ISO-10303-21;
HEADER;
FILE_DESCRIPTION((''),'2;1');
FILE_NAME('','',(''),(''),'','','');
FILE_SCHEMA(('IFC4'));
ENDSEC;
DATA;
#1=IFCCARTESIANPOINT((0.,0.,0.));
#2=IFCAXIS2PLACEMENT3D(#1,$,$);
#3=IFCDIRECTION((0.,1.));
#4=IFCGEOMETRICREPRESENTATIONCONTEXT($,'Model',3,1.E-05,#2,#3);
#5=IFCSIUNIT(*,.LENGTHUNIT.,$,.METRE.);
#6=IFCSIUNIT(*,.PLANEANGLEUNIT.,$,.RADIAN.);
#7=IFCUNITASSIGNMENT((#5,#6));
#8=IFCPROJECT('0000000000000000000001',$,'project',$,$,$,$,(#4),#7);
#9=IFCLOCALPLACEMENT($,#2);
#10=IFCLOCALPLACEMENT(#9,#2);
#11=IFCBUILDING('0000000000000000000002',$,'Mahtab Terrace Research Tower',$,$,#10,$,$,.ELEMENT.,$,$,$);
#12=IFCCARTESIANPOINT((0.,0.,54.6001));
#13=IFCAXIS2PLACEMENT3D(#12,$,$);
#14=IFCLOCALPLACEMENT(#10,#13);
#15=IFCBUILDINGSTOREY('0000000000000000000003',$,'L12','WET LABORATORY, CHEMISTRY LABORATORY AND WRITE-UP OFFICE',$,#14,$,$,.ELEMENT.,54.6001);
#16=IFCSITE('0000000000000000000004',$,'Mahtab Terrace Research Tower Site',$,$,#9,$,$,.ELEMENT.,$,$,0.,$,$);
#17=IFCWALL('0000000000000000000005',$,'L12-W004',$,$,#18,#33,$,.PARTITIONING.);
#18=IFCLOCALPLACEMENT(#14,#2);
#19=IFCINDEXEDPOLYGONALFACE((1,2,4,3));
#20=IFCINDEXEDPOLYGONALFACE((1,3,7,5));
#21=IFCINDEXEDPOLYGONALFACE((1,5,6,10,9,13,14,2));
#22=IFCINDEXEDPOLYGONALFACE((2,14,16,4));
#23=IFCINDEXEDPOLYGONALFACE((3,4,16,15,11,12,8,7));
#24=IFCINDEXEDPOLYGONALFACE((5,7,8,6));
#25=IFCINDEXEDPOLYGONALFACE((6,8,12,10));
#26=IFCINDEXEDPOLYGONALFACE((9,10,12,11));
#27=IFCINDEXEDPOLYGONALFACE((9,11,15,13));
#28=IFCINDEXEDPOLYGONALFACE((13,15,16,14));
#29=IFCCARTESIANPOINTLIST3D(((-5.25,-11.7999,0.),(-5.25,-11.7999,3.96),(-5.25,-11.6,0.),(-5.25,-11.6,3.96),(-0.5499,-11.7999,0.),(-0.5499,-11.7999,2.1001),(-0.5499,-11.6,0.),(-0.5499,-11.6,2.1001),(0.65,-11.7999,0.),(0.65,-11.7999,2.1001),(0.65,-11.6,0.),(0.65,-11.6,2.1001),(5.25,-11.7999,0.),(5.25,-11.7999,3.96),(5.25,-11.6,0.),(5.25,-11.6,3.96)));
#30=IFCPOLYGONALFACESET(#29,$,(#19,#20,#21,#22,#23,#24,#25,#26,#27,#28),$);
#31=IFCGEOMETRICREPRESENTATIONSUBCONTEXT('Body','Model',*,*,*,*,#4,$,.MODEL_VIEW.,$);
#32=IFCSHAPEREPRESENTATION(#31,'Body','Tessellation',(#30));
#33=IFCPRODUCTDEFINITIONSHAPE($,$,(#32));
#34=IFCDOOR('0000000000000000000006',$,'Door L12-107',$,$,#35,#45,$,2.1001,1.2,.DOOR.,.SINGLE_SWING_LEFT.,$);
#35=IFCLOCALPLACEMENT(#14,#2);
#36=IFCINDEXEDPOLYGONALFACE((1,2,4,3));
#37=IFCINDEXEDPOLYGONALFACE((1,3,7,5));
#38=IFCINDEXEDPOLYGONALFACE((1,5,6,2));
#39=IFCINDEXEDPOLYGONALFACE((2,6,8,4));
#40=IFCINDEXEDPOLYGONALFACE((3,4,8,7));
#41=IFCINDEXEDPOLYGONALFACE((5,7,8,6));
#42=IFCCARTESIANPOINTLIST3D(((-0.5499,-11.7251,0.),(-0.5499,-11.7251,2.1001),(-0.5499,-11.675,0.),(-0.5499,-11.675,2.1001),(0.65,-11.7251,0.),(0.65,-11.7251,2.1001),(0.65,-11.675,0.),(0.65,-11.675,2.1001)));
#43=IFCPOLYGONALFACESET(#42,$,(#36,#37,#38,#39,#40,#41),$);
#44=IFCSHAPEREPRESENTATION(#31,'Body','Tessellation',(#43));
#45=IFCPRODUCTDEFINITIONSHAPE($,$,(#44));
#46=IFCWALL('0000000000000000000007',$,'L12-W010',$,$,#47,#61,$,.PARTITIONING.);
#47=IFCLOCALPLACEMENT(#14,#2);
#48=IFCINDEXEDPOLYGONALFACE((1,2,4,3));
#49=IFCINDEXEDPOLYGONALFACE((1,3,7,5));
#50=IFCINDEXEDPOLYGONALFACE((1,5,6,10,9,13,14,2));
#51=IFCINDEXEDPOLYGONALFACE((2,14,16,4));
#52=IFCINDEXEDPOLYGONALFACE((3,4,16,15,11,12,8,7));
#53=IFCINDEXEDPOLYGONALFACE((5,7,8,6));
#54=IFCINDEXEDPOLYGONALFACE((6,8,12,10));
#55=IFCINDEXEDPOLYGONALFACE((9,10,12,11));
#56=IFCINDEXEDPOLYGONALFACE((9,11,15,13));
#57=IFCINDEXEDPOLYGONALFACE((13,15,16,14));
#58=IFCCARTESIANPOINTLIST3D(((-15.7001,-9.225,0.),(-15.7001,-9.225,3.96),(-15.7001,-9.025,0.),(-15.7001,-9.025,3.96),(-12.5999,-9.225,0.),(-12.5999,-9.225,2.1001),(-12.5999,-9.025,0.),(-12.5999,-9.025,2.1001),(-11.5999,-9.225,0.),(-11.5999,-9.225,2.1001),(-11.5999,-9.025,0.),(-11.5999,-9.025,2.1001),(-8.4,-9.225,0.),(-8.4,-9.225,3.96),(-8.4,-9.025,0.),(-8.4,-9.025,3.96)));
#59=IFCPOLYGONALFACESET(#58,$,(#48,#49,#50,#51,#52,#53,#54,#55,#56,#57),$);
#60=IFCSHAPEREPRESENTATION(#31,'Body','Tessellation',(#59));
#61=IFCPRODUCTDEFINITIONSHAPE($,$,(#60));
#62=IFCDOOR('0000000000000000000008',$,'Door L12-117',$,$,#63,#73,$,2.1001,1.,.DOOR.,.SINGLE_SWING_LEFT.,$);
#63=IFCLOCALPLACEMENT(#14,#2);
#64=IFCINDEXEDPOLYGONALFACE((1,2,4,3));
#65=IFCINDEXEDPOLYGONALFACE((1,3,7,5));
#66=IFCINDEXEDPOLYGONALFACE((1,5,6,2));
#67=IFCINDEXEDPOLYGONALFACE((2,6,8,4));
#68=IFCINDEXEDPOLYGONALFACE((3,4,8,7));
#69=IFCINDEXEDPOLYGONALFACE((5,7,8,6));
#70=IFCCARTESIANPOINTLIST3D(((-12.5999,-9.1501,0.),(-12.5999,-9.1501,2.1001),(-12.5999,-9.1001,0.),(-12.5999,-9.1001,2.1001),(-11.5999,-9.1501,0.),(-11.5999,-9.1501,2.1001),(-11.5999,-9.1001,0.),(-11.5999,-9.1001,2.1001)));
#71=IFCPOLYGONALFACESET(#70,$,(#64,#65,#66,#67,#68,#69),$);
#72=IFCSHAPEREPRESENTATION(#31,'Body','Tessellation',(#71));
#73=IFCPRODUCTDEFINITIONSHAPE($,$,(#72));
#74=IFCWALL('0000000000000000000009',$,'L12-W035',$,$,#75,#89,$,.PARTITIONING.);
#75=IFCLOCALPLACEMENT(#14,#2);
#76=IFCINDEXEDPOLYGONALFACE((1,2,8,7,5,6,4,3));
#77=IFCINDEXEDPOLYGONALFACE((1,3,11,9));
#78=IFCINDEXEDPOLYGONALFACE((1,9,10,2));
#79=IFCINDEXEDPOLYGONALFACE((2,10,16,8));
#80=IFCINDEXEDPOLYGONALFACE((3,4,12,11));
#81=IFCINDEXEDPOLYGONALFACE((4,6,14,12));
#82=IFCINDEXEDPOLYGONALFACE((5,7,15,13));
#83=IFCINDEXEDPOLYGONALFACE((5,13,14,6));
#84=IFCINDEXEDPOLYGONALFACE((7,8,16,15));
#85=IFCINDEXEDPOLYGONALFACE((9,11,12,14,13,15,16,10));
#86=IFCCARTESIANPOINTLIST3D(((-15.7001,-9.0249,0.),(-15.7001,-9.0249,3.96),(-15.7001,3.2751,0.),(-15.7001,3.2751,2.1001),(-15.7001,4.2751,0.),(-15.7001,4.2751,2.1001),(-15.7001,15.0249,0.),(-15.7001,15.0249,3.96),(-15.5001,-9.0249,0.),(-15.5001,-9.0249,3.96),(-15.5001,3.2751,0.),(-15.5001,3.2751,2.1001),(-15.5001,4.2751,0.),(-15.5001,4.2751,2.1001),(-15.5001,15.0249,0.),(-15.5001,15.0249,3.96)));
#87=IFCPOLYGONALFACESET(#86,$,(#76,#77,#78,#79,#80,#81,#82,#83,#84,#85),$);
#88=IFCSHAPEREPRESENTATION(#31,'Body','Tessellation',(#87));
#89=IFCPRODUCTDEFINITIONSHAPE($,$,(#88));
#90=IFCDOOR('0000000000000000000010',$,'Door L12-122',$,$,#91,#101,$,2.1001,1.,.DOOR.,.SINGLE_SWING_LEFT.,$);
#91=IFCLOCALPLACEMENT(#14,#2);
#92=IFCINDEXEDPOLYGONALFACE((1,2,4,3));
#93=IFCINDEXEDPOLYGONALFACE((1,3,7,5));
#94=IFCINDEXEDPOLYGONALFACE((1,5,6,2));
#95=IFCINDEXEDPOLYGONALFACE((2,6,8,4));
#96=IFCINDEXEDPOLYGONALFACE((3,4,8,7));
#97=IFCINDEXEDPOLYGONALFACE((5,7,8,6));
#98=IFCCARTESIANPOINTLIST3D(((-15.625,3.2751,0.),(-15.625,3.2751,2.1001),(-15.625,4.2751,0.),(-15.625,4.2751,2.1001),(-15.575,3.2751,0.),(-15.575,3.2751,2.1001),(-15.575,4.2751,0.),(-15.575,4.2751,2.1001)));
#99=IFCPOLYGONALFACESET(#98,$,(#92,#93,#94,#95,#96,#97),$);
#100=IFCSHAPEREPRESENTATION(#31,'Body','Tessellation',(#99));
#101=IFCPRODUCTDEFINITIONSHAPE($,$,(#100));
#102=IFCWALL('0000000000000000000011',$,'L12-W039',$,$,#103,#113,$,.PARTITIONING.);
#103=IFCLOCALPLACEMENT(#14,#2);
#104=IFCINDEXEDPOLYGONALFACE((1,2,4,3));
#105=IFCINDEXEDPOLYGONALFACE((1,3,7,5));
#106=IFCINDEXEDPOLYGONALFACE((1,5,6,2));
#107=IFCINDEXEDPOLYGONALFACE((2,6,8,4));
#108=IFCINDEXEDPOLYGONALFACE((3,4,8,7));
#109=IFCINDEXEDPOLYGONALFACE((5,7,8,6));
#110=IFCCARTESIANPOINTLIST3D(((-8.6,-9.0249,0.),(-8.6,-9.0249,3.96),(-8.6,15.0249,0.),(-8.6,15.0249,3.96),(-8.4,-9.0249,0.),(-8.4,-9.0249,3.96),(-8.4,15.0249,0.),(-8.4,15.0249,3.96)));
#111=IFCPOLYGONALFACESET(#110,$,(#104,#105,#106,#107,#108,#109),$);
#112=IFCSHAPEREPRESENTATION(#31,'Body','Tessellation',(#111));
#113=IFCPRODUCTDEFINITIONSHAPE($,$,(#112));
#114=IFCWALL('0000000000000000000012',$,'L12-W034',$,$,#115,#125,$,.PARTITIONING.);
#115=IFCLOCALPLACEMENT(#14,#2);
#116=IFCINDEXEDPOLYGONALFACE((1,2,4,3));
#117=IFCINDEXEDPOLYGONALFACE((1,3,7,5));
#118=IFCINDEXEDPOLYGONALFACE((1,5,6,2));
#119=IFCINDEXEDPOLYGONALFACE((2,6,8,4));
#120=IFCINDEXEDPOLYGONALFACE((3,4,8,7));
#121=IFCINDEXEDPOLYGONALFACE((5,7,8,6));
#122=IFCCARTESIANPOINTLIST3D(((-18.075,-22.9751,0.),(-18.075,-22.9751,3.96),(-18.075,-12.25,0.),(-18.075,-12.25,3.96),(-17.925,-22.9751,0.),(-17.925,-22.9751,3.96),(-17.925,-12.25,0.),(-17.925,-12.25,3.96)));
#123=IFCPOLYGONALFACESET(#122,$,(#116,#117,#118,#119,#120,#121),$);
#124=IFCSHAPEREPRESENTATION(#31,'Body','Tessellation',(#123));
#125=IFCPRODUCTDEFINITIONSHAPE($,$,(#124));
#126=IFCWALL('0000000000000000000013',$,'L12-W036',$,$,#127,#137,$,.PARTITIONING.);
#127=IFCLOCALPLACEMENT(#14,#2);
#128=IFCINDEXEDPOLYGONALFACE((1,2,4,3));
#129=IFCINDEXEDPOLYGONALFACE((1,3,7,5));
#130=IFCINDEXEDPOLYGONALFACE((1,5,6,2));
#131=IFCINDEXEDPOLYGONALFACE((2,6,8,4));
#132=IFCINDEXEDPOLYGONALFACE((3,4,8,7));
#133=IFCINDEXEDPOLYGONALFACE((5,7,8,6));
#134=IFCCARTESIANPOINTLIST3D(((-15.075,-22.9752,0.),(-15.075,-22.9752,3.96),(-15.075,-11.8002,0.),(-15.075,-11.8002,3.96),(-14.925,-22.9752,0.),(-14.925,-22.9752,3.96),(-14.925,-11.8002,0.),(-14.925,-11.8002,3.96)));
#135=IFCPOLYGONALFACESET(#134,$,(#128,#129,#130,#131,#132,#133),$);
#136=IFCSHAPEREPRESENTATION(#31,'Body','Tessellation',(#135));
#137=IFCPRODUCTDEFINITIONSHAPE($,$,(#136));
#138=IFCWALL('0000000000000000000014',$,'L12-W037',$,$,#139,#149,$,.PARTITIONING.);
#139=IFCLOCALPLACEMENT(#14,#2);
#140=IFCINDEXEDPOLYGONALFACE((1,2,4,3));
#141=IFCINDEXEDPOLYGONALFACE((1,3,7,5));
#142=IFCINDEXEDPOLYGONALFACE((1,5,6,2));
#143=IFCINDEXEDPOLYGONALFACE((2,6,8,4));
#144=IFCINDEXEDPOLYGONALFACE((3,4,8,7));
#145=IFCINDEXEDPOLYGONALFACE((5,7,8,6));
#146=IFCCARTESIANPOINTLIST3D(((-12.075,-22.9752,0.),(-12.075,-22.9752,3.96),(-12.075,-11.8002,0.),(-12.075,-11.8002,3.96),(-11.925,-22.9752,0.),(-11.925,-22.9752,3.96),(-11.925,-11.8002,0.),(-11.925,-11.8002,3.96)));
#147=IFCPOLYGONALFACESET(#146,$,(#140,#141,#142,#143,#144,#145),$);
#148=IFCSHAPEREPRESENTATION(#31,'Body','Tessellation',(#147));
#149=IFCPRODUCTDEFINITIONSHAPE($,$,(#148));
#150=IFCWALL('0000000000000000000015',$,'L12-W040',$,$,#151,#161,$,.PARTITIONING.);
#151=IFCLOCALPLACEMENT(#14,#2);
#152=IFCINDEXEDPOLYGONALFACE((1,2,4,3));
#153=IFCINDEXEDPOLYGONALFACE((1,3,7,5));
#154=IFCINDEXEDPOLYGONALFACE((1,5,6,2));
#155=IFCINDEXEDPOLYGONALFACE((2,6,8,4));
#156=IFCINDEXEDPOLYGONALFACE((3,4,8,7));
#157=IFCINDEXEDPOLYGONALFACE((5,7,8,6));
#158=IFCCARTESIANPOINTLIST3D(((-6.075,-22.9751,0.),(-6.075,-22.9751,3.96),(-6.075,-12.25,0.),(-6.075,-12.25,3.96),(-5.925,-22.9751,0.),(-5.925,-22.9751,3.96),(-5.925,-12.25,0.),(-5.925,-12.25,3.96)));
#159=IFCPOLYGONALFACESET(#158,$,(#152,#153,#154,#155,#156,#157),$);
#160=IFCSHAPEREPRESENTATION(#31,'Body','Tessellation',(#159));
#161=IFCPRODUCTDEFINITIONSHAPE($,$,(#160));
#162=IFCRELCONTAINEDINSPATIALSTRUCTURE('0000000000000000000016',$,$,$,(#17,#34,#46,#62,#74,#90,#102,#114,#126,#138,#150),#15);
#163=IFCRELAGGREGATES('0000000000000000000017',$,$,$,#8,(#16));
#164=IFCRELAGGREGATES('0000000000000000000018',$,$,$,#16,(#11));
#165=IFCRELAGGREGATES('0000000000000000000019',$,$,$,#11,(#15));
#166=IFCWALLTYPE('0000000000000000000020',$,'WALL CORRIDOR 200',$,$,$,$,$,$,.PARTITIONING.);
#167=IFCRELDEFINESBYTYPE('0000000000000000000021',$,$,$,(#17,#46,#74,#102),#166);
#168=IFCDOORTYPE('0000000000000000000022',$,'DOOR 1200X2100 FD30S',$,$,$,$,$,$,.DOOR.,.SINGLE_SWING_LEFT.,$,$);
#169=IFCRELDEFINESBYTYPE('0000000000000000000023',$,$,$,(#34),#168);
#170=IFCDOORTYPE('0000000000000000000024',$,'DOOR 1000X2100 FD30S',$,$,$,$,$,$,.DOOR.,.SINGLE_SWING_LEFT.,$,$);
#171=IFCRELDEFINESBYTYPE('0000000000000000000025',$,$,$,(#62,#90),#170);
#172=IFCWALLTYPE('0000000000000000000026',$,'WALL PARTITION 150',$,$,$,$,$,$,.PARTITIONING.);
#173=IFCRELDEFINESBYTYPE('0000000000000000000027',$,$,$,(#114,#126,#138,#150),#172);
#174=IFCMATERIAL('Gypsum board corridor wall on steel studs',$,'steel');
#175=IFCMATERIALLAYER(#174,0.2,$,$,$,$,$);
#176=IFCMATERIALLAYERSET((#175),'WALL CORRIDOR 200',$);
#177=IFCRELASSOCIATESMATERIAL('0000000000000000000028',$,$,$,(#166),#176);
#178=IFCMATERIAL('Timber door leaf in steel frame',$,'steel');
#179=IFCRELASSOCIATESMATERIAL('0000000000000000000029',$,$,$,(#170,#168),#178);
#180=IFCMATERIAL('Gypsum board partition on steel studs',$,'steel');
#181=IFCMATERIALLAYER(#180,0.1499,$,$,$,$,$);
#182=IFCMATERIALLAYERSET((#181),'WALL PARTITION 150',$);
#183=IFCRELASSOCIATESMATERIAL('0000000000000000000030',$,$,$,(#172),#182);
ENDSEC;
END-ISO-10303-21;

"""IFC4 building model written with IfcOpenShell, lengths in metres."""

from ifc_helpers import new_model, si_unit, direction, frame, frame_2d, origin, place, context, subcontext, project, spatial, rectangle, extrude, material, layer, layer_set, type_object, element, fill, save


model = new_model("IFC4")

# Units and contexts
model_context = context("Model", 3, precision=1e-05, world=origin(), true_north=direction((0.0, 1.0)))
body_context = subcontext(model_context, "Body", "Model", "MODEL_VIEW")
ifc_project = project(units=[si_unit("LENGTHUNIT", "METRE"), si_unit("PLANEANGLEUNIT", "RADIAN")], contexts=[model_context])

# Site, building, storey
site_placement = place(None, origin())
site = spatial("IfcSite", under=ifc_project, at=site_placement, Name="Mahtab Terrace Research Tower Site", CompositionType="ELEMENT", RefElevation=0.0)
building_placement = place(site_placement, origin())
building = spatial("IfcBuilding", under=site, at=building_placement, Name="Mahtab Terrace Research Tower", CompositionType="ELEMENT")
storey_placement = place(building_placement, frame((0.0, 0.0, 54.6001)))
storey = spatial("IfcBuildingStorey", under=building, at=storey_placement, Name="L12", Description="WET LABORATORY, CHEMISTRY LABORATORY AND WRITE-UP OFFICE", CompositionType="ELEMENT", Elevation=54.6001)

# Shared definitions
ifc_material_1 = material(Name="Gypsum board corridor wall on steel studs", Category="steel")
ifc_layer_1 = layer(ifc_material_1, 0.2)
ifc_layer_set_1 = layer_set([ifc_layer_1], Name="WALL CORRIDOR 200")
wall_type_1 = type_object("IfcWallType", Name="WALL CORRIDOR 200", PredefinedType="PARTITIONING", material=ifc_layer_set_1)
ifc_material_2 = material(Name="Timber door leaf in steel frame", Category="steel")
door_type_1 = type_object("IfcDoorType", Name="DOOR 1000X2100 FD30S", OperationType="SINGLE_SWING_LEFT", PredefinedType="DOOR", material=ifc_material_2)
door_type_2 = type_object("IfcDoorType", Name="DOOR 1200X2100 FD30S", OperationType="SINGLE_SWING_LEFT", PredefinedType="DOOR", material=ifc_material_2)

# Walls, openings, doors
wall_1_placement = place(storey_placement, frame((-5.25, -11.7, 0.0), z_axis=(0.0, 0.0, 1.0), x_axis=(1.0, 0.0, 0.0)))
wall_1 = element("IfcWall", 1, at=wall_1_placement, inside=storey, type_object=wall_type_1, Name="L12-W004", PredefinedType="PARTITIONING", context=body_context, shape_type="SweptSolid", body=[
    extrude(rectangle(XDim=10.5, YDim=0.2, at=frame_2d((5.25, 0.0))), origin(), (0.0, 0.0, 1.0), 3.96),
])
opening_1_placement = place(wall_1_placement, frame((4.7, 0.0, 0.0)))
opening_1 = element("IfcOpeningElement", 2, at=opening_1_placement, cuts=wall_1, PredefinedType="OPENING", context=body_context, shape_type="SweptSolid", body=[
    extrude(rectangle(XDim=1.2, YDim=2.1001, at=frame_2d((0.6001, 1.05))), frame((0.0, 0.1099, 0.0), z_axis=(0.0, -1.0, 0.0), x_axis=(1.0, 0.0, 0.0)), (0.0, 0.0, 1.0), 0.22),
])
door_1_placement = place(opening_1_placement, origin())
door_1 = element("IfcDoor", 3, at=door_1_placement, inside=storey, type_object=door_type_2, Name="Door L12-107", OperationType="SINGLE_SWING_LEFT", OverallHeight=2.1001, OverallWidth=1.2, PredefinedType="DOOR", context=body_context, shape_type="SweptSolid", body=[
    extrude(rectangle(XDim=1.2, YDim=2.1001, at=frame_2d((0.6001, 1.05))), frame((0.0, 0.0249, 0.0), z_axis=(0.0, -1.0, 0.0), x_axis=(1.0, 0.0, 0.0)), (0.0, 0.0, 1.0), 0.05),
])
fill(opening_1, door_1)
wall_2_placement = place(storey_placement, frame((-15.7, -9.125, 0.0), z_axis=(0.0, 0.0, 1.0), x_axis=(1.0, 0.0, 0.0)))
wall_2 = element("IfcWall", 4, at=wall_2_placement, inside=storey, type_object=wall_type_1, Name="L12-W010", PredefinedType="PARTITIONING", context=body_context, shape_type="SweptSolid", body=[
    extrude(rectangle(XDim=7.3, YDim=0.2, at=frame_2d((3.6499, 0.0))), origin(), (0.0, 0.0, 1.0), 3.96),
])
opening_2_placement = place(wall_2_placement, frame((3.1001, 0.0, 0.0)))
opening_2 = element("IfcOpeningElement", 5, at=opening_2_placement, cuts=wall_2, PredefinedType="OPENING", context=body_context, shape_type="SweptSolid", body=[
    extrude(rectangle(XDim=1.0, YDim=2.1001, at=frame_2d((0.5, 1.05))), frame((0.0, 0.1099, 0.0), z_axis=(0.0, -1.0, 0.0), x_axis=(1.0, 0.0, 0.0)), (0.0, 0.0, 1.0), 0.22),
])
door_2_placement = place(opening_2_placement, origin())
door_2 = element("IfcDoor", 6, at=door_2_placement, inside=storey, type_object=door_type_1, Name="Door L12-117", OperationType="SINGLE_SWING_LEFT", OverallHeight=2.1001, OverallWidth=1.0, PredefinedType="DOOR", context=body_context, shape_type="SweptSolid", body=[
    extrude(rectangle(XDim=1.0, YDim=2.1001, at=frame_2d((0.5, 1.05))), frame((0.0, 0.0249, 0.0), z_axis=(0.0, -1.0, 0.0), x_axis=(1.0, 0.0, 0.0)), (0.0, 0.0, 1.0), 0.05),
])
fill(opening_2, door_2)
wall_3_placement = place(storey_placement, frame((-15.6001, -9.0249, 0.0), z_axis=(0.0, 0.0, 1.0), x_axis=(0.0, 1.0, 0.0)))
wall_3 = element("IfcWall", 7, at=wall_3_placement, inside=storey, type_object=wall_type_1, Name="L12-W035", PredefinedType="PARTITIONING", context=body_context, shape_type="SweptSolid", body=[
    extrude(rectangle(XDim=24.0498, YDim=0.2, at=frame_2d((12.0249, 0.0))), origin(), (0.0, 0.0, 1.0), 3.96),
])
opening_3_placement = place(wall_3_placement, frame((12.3, 0.0, 0.0)))
opening_3 = element("IfcOpeningElement", 8, at=opening_3_placement, cuts=wall_3, PredefinedType="OPENING", context=body_context, shape_type="SweptSolid", body=[
    extrude(rectangle(XDim=1.0, YDim=2.1001, at=frame_2d((0.5, 1.05))), frame((0.0, 0.1099, 0.0), z_axis=(0.0, -1.0, 0.0), x_axis=(1.0, 0.0, 0.0)), (0.0, 0.0, 1.0), 0.22),
])
door_3_placement = place(opening_3_placement, origin())
door_3 = element("IfcDoor", 9, at=door_3_placement, inside=storey, type_object=door_type_1, Name="Door L12-122", OperationType="SINGLE_SWING_LEFT", OverallHeight=2.1001, OverallWidth=1.0, PredefinedType="DOOR", context=body_context, shape_type="SweptSolid", body=[
    extrude(rectangle(XDim=1.0, YDim=2.1001, at=frame_2d((0.5, 1.05))), frame((0.0, 0.0249, 0.0), z_axis=(0.0, -1.0, 0.0), x_axis=(1.0, 0.0, 0.0)), (0.0, 0.0, 1.0), 0.05),
])
fill(opening_3, door_3)

# Walls
wall_4_placement = place(storey_placement, frame((-8.5, -9.0249, 0.0), z_axis=(0.0, 0.0, 1.0), x_axis=(0.0, 1.0, 0.0)))
element("IfcWall", 10, at=wall_4_placement, inside=storey, type_object=wall_type_1, Name="L12-W039", PredefinedType="PARTITIONING", context=body_context, shape_type="SweptSolid", body=[
    extrude(rectangle(XDim=24.0498, YDim=0.2, at=frame_2d((12.0249, 0.0))), origin(), (0.0, 0.0, 1.0), 3.96),
])
ifc_material_3 = material(Name="Gypsum board partition on steel studs", Category="steel")
ifc_layer_2 = layer(ifc_material_3, 0.1499)
ifc_layer_set_2 = layer_set([ifc_layer_2], Name="WALL PARTITION 150")
wall_type_2 = type_object("IfcWallType", Name="WALL PARTITION 150", PredefinedType="PARTITIONING", material=ifc_layer_set_2)
wall_5_placement = place(storey_placement, frame((-18.0, -22.9751, 0.0), z_axis=(0.0, 0.0, 1.0), x_axis=(0.0, 1.0, 0.0)))
element("IfcWall", 11, at=wall_5_placement, inside=storey, type_object=wall_type_2, Name="L12-W034", PredefinedType="PARTITIONING", context=body_context, shape_type="SweptSolid", body=[
    extrude(rectangle(XDim=10.7251, YDim=0.1499, at=frame_2d((5.3625, 0.0))), origin(), (0.0, 0.0, 1.0), 3.96),
])
for number, where, z_axis, x_axis, name in (
    (12, (-15.0, -22.9751, 0.0), (0.0, 0.0, 1.0), (0.0, 1.0, 0.0), "L12-W036"),
    (13, (-12.0, -22.9751, 0.0), (0.0, 0.0, 1.0), (0.0, 1.0, 0.0), "L12-W037"),
):
    element("IfcWall", number, at=place(storey_placement, frame(where, z_axis=z_axis, x_axis=x_axis)), inside=storey, type_object=wall_type_2, Name=name, PredefinedType="PARTITIONING", context=body_context, shape_type="SweptSolid", body=[
        extrude(rectangle(XDim=11.175, YDim=0.1499, at=frame_2d((5.5874, 0.0))), origin(), (0.0, 0.0, 1.0), 3.96),
    ])
wall_6_placement = place(storey_placement, frame((-6.0, -22.9751, 0.0), z_axis=(0.0, 0.0, 1.0), x_axis=(0.0, 1.0, 0.0)))
element("IfcWall", 14, at=wall_6_placement, inside=storey, type_object=wall_type_2, Name="L12-W040", PredefinedType="PARTITIONING", context=body_context, shape_type="SweptSolid", body=[
    extrude(rectangle(XDim=10.7251, YDim=0.1499, at=frame_2d((5.3625, 0.0))), origin(), (0.0, 0.0, 1.0), 3.96),
])

save(model, "model.ifc")
